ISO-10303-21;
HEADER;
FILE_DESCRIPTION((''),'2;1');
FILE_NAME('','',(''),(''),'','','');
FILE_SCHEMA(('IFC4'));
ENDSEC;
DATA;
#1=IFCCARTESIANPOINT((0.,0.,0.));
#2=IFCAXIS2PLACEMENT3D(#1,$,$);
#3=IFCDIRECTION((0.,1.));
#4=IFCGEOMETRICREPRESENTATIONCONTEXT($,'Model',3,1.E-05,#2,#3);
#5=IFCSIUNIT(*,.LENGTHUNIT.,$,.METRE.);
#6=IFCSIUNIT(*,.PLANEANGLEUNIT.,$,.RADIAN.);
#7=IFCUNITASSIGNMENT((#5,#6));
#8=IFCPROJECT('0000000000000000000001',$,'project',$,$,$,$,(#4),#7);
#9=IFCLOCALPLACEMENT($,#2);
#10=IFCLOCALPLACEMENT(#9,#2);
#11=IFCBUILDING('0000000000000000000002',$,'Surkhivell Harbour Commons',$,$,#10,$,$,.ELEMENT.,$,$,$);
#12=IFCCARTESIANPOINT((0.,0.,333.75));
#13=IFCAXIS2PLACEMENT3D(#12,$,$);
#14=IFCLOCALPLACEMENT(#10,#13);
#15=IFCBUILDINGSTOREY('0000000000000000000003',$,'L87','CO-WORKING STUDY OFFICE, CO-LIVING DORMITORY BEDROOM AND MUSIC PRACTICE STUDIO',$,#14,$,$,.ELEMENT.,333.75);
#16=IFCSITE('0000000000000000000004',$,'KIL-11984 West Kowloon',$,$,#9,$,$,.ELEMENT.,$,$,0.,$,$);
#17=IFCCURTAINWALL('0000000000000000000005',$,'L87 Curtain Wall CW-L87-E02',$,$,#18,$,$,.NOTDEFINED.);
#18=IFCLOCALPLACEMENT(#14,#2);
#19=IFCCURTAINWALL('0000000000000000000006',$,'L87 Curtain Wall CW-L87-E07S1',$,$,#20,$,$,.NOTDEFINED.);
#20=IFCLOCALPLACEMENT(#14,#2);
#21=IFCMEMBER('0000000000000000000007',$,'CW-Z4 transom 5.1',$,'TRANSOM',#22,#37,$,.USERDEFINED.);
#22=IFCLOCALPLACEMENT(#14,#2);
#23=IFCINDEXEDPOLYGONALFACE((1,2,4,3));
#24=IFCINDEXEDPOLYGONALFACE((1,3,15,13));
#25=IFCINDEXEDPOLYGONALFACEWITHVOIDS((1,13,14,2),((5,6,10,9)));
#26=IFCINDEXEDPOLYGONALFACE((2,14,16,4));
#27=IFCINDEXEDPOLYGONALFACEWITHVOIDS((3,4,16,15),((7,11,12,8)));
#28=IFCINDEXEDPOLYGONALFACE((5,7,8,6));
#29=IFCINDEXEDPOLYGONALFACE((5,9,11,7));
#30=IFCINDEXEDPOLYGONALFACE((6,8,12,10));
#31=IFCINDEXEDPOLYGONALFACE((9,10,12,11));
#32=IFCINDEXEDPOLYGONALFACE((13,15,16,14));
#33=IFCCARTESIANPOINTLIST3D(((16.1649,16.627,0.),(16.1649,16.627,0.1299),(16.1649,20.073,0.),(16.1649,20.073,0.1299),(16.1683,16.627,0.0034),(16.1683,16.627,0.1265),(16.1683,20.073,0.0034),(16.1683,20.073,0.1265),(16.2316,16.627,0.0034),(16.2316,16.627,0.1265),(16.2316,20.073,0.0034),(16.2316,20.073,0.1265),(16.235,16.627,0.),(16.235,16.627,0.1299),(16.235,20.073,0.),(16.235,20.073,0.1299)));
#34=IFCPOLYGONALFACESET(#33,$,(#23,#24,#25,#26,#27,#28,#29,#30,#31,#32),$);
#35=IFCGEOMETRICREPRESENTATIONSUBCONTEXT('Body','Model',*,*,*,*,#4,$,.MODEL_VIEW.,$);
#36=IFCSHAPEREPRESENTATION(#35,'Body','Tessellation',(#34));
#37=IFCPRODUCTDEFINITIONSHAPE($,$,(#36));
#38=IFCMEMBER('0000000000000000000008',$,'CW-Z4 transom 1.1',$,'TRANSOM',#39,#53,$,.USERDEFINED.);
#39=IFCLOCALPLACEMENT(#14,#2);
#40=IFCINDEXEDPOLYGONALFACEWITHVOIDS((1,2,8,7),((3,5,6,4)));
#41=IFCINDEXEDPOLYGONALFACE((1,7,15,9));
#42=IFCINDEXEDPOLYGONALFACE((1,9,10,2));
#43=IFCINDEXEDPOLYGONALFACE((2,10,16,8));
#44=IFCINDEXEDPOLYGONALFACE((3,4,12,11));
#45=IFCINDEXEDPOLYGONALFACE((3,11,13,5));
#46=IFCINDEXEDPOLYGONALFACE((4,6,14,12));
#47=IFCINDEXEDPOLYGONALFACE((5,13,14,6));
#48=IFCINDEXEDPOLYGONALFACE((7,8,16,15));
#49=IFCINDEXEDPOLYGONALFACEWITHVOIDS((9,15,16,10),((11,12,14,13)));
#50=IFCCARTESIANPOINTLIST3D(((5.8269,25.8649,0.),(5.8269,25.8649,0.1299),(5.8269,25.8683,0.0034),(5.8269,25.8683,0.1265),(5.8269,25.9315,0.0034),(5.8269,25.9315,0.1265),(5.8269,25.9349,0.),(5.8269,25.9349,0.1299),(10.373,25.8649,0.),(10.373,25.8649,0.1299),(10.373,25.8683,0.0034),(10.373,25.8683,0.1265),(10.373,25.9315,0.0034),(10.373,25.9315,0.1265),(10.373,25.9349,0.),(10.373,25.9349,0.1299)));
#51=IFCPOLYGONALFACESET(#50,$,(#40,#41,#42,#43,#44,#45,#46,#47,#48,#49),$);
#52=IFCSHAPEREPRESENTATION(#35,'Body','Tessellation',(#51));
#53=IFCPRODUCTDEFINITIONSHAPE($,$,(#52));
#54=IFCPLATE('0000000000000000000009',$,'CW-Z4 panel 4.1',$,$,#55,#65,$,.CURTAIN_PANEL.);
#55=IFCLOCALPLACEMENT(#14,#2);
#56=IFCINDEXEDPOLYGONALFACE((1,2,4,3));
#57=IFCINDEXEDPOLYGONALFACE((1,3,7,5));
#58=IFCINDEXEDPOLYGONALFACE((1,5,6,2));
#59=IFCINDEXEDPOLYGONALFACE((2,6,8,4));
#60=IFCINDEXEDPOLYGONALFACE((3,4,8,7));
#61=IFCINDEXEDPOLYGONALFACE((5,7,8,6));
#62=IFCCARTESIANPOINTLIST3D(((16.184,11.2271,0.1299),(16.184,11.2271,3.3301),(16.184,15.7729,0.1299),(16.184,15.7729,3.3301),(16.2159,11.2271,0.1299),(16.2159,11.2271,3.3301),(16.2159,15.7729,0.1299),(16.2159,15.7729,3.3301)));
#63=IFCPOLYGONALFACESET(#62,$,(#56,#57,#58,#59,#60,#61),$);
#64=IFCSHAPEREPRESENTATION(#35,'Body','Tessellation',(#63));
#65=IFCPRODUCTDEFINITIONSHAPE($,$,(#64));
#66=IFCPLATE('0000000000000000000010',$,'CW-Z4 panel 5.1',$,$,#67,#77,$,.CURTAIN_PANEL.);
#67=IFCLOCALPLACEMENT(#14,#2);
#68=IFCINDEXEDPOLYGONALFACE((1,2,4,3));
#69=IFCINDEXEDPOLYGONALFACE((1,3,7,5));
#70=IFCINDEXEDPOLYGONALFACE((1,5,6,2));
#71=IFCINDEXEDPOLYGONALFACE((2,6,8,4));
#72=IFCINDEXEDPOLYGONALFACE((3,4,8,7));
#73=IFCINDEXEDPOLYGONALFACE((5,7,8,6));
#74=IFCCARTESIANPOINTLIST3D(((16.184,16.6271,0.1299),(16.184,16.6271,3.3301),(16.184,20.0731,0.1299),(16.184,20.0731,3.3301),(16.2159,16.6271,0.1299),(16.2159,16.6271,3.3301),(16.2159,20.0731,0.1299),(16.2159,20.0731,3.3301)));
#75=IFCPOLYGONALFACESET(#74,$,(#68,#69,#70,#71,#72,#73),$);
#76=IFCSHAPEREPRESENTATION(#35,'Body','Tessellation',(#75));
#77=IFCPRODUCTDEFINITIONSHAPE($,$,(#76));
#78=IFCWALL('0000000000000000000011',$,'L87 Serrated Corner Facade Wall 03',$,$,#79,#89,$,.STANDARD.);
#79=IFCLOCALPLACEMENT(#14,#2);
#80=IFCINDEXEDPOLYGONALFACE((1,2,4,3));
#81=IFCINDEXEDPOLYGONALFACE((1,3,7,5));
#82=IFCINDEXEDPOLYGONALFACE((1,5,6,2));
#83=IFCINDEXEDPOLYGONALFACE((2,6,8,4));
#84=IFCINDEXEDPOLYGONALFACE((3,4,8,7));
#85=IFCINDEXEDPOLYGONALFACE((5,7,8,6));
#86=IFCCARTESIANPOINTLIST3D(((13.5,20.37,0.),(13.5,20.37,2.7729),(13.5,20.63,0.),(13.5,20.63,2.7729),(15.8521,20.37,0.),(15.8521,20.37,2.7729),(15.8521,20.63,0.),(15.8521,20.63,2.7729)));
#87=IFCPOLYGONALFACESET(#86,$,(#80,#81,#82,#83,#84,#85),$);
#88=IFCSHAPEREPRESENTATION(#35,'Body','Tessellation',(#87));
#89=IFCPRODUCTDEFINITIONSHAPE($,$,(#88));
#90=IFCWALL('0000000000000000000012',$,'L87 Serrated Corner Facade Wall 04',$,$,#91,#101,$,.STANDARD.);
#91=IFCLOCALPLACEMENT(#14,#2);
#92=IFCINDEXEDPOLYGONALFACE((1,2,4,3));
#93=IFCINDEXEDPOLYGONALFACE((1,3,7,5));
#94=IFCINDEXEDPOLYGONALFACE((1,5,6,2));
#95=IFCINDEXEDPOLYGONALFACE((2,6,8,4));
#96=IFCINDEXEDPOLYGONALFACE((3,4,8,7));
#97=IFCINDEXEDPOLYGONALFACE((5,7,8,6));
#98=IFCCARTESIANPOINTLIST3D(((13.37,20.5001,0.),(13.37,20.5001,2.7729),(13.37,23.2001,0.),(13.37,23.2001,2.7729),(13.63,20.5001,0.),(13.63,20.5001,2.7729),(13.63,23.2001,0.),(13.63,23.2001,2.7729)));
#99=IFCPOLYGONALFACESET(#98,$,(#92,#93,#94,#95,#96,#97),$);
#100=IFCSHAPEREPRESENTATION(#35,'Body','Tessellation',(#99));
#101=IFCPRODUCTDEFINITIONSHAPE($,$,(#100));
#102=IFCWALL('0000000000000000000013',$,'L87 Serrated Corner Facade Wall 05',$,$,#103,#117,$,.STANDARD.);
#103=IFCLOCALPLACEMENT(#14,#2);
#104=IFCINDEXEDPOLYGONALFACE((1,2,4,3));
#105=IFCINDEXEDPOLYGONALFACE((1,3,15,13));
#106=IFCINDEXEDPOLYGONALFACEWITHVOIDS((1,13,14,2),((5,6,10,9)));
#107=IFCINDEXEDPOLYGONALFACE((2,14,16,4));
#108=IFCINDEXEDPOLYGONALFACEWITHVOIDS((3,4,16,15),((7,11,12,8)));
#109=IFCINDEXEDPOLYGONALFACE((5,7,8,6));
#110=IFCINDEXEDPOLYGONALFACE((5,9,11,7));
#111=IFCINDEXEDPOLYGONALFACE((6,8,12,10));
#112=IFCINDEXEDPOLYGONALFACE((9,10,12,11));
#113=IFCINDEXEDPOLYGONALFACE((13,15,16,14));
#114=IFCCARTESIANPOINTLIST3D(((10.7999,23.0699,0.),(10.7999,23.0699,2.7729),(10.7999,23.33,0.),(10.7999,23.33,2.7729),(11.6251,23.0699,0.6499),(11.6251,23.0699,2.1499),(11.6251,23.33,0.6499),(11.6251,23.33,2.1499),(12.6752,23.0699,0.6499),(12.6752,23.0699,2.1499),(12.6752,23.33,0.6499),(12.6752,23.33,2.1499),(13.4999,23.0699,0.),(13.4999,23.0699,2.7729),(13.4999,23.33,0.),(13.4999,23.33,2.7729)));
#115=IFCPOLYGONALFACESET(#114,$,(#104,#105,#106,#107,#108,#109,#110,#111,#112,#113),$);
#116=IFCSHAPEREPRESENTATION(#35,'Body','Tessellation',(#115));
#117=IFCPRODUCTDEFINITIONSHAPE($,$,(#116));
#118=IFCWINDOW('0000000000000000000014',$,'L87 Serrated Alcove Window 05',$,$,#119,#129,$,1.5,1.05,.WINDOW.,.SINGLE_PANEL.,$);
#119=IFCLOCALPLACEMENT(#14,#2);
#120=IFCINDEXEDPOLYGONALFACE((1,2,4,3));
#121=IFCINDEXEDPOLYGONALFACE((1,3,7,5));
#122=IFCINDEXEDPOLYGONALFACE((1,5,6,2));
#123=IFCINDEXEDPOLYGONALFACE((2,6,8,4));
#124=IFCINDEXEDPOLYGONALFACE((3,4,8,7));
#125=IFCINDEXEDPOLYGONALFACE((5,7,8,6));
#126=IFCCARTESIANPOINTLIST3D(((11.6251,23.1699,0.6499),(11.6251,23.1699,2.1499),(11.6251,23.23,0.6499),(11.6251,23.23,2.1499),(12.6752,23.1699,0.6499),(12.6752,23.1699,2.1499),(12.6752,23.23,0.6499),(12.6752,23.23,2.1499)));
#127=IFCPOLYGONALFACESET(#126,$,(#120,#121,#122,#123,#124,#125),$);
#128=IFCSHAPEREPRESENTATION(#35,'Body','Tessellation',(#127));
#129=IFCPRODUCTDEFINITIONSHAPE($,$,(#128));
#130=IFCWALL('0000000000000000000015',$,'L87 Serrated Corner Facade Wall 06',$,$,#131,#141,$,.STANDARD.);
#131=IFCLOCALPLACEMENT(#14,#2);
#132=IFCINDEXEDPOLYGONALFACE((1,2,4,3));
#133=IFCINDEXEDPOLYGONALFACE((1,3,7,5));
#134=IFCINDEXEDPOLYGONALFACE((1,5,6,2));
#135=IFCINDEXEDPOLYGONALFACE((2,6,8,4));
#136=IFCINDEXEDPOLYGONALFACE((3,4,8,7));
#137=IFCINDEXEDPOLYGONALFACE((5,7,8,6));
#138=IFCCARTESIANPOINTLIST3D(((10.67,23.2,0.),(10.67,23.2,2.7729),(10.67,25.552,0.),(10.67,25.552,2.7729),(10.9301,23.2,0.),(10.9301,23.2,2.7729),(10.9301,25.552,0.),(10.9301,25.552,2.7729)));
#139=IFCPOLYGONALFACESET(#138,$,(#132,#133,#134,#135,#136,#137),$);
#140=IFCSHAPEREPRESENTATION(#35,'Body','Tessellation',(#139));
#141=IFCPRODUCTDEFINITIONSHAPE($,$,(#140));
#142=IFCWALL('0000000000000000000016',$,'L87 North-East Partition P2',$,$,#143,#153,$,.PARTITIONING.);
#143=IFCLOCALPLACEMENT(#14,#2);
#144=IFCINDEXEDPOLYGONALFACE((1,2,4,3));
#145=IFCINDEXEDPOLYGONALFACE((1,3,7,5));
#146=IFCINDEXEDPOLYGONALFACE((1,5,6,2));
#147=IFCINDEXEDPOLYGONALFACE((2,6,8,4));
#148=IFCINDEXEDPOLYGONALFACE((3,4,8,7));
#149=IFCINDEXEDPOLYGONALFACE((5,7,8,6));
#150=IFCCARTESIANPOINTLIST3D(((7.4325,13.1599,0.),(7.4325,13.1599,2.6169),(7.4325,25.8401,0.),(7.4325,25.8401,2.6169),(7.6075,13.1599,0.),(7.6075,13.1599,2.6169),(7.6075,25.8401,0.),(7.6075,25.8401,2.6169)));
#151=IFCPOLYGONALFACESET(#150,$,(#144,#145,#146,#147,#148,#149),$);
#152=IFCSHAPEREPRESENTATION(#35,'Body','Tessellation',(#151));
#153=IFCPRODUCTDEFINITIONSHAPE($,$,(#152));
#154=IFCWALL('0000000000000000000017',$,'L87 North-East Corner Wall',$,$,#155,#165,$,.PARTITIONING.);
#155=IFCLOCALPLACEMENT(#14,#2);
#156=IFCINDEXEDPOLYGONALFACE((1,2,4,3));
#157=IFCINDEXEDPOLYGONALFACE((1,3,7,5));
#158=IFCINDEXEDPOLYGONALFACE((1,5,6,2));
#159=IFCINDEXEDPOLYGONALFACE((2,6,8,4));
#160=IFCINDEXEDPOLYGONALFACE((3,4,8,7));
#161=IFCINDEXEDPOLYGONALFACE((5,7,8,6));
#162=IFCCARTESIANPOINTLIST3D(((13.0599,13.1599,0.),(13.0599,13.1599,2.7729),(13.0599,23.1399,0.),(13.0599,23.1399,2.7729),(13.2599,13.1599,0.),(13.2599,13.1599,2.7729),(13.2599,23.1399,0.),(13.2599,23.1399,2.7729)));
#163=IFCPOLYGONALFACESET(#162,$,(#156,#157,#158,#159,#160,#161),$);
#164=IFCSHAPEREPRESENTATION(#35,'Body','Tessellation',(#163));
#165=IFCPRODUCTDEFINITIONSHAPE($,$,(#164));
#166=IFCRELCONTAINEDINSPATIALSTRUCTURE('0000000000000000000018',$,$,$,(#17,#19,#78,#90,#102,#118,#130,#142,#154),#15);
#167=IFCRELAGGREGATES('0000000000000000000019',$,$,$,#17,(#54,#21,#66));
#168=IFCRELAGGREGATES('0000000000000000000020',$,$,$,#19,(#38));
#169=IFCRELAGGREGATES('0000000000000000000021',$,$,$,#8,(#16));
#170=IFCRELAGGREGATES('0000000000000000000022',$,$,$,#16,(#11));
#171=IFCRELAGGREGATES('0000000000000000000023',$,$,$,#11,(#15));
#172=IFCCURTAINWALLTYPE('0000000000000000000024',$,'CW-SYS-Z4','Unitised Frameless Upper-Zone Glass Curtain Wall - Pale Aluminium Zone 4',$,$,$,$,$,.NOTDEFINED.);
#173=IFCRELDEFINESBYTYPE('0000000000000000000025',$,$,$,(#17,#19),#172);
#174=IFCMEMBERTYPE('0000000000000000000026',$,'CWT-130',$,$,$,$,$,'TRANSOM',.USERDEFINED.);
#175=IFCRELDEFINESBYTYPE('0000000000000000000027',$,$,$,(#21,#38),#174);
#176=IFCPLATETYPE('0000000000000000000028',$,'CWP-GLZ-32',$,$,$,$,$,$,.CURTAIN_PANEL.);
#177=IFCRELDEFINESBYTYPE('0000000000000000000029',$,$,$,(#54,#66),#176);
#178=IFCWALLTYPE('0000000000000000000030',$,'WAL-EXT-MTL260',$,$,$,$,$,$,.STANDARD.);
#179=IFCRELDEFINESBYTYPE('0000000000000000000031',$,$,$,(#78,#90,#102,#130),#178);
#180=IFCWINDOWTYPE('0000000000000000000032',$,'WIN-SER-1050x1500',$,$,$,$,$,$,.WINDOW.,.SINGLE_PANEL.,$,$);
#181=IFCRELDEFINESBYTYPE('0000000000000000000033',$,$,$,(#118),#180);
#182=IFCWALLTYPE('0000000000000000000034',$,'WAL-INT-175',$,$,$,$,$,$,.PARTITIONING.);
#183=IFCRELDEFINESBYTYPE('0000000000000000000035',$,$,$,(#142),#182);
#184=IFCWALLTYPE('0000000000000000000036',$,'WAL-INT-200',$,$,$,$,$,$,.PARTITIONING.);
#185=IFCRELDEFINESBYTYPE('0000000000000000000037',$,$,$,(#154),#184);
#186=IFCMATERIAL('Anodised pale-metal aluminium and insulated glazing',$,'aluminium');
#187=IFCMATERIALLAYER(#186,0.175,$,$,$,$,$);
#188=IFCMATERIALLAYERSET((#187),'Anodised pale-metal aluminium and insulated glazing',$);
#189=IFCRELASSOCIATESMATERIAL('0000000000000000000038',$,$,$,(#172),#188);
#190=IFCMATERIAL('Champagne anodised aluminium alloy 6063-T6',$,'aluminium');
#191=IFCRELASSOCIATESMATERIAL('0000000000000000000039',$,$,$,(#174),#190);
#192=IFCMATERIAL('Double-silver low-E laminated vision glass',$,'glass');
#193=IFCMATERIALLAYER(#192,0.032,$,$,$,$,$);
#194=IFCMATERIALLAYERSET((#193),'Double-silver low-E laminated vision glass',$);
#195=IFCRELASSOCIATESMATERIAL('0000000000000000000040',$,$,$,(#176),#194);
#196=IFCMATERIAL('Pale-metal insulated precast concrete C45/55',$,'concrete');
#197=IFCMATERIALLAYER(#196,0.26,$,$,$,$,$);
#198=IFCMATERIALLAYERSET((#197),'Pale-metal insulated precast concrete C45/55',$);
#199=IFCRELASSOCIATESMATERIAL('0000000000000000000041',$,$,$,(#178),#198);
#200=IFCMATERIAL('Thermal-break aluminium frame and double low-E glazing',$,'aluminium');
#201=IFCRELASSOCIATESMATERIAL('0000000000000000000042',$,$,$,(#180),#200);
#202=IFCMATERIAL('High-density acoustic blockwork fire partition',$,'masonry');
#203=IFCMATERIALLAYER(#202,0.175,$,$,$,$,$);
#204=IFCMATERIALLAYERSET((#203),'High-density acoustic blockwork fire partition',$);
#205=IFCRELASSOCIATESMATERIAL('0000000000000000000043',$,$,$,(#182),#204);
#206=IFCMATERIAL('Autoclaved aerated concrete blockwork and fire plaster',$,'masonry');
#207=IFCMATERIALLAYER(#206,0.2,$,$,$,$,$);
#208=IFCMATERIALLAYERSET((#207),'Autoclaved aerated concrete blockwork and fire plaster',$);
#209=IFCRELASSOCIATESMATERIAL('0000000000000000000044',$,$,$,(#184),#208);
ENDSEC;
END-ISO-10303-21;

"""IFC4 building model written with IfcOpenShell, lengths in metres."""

from ifc_helpers import new_model, si_unit, direction, frame, frame_2d, origin, origin_2d, place, context, subcontext, project, spatial, rectangle, hollow_rectangle, extrude, material, layer, layer_set, material_profile, profile_set, type_object, element, fill, aggregate, save


model = new_model("IFC4")

# Units and contexts
model_context = context("Model", 3, precision=1e-05, world=origin(), true_north=direction((0.0, 1.0)))
body_context = subcontext(model_context, "Body", "Model", "MODEL_VIEW")
ifc_project = project(units=[si_unit("LENGTHUNIT", "METRE"), si_unit("PLANEANGLEUNIT", "RADIAN")], contexts=[model_context])

# Site, building, storey
site_placement = place(None, origin())
site = spatial("IfcSite", under=ifc_project, at=site_placement, Name="KIL-11984 West Kowloon", CompositionType="ELEMENT", RefElevation=0.0)
building_placement = place(site_placement, origin())
building = spatial("IfcBuilding", under=site, at=building_placement, Name="Surkhivell Harbour Commons", CompositionType="ELEMENT")
storey_placement = place(building_placement, frame((0.0, 0.0, 333.75)))
storey = spatial("IfcBuildingStorey", under=building, at=storey_placement, Name="L87", Description="CO-WORKING STUDY OFFICE, CO-LIVING DORMITORY BEDROOM AND MUSIC PRACTICE STUDIO", CompositionType="ELEMENT", Elevation=333.75)

# Curtain walls
ifc_material_1 = material(Name="Anodised pale-metal aluminium and insulated glazing", Category="aluminium")
ifc_layer_1 = layer(ifc_material_1, 0.175)
ifc_layer_set_1 = layer_set([ifc_layer_1], Name="Anodised pale-metal aluminium and insulated glazing")
curtain_wall_type = type_object("IfcCurtainWallType", Name="CW-SYS-Z4", Description="Unitised Frameless Upper-Zone Glass Curtain Wall - Pale Aluminium Zone 4", PredefinedType="NOTDEFINED", material=ifc_layer_set_1)
curtain_wall_1_placement = place(storey_placement, origin())
curtain_wall_1 = element("IfcCurtainWall", 1, at=curtain_wall_1_placement, inside=storey, type_object=curtain_wall_type, Name="L87 Curtain Wall CW-L87-E02", PredefinedType="NOTDEFINED")
curtain_wall_2_placement = place(storey_placement, origin())
curtain_wall_2 = element("IfcCurtainWall", 2, at=curtain_wall_2_placement, inside=storey, type_object=curtain_wall_type, Name="L87 Curtain Wall CW-L87-E07S1", PredefinedType="NOTDEFINED")

# Members
ifc_material_2 = material(Name="Champagne anodised aluminium alloy 6063-T6", Category="aluminium")
ifc_material_profile_1 = material_profile(ifc_material_2, hollow_rectangle(XDim=0.0701, YDim=0.1299, WallThickness=0.0034, at=origin_2d()), Name="ALU-TRAN-70x130")
ifc_profile_set_1 = profile_set([ifc_material_profile_1], Name="Champagne anodised aluminium alloy 6063-T6")
member_type_1 = type_object("IfcMemberType", Name="CWT-130", ElementType="TRANSOM", PredefinedType="USERDEFINED", material=ifc_profile_set_1)
member_1_placement = place(storey_placement, frame((16.2, 16.627, 0.0649), z_axis=(0.0, 1.0, 0.0), x_axis=(-1.0, 0.0, 0.0)))
member_1 = element("IfcMember", 3, at=member_1_placement, type_object=member_type_1, Name="CW-Z4 transom 5.1", ObjectType="TRANSOM", PredefinedType="USERDEFINED", context=body_context, shape_type="SweptSolid", body=[
    extrude(hollow_rectangle(XDim=0.0701, YDim=0.1299, WallThickness=0.0034, at=origin_2d()), origin(), (0.0, 0.0, 1.0), 3.446),
])
member_2_placement = place(storey_placement, frame((10.373, 25.8999, 0.0649), z_axis=(-1.0, 0.0, 0.0), x_axis=(0.0, -1.0, 0.0)))
member_2 = element("IfcMember", 4, at=member_2_placement, type_object=member_type_1, Name="CW-Z4 transom 1.1", ObjectType="TRANSOM", PredefinedType="USERDEFINED", context=body_context, shape_type="SweptSolid", body=[
    extrude(hollow_rectangle(XDim=0.0701, YDim=0.1299, WallThickness=0.0034, at=origin_2d()), origin(), (0.0, 0.0, 1.0), 4.5461),
])

# Plates
ifc_material_3 = material(Name="Double-silver low-E laminated vision glass", Category="glass")
ifc_layer_2 = layer(ifc_material_3, 0.032)
ifc_layer_set_2 = layer_set([ifc_layer_2], Name="Double-silver low-E laminated vision glass")
plate_type = type_object("IfcPlateType", Name="CWP-GLZ-32", PredefinedType="CURTAIN_PANEL", material=ifc_layer_set_2)
plate_1_placement = place(storey_placement, frame((16.2, 11.2271, 0.1299), z_axis=(0.0, 0.0, 1.0), x_axis=(0.0, 1.0, 0.0)))
plate_1 = element("IfcPlate", 5, at=plate_1_placement, type_object=plate_type, Name="CW-Z4 panel 4.1", PredefinedType="CURTAIN_PANEL", context=body_context, shape_type="SweptSolid", body=[
    extrude(rectangle(XDim=4.5459, YDim=0.032, at=frame_2d((2.2729, 0.0))), origin(), (0.0, 0.0, 1.0), 3.2002),
])
plate_2_placement = place(storey_placement, frame((16.2, 16.627, 0.1299), z_axis=(0.0, 0.0, 1.0), x_axis=(0.0, 1.0, 0.0)))
plate_2 = element("IfcPlate", 6, at=plate_2_placement, type_object=plate_type, Name="CW-Z4 panel 5.1", PredefinedType="CURTAIN_PANEL", context=body_context, shape_type="SweptSolid", body=[
    extrude(rectangle(XDim=3.446, YDim=0.032, at=frame_2d((1.7231, 0.0))), origin(), (0.0, 0.0, 1.0), 3.2002),
])
aggregate(curtain_wall_1, [plate_1, member_1, plate_2])
aggregate(curtain_wall_2, [member_2])

# Walls
ifc_material_4 = material(Name="Pale-metal insulated precast concrete C45/55", Category="concrete")
ifc_layer_3 = layer(ifc_material_4, 0.26)
ifc_layer_set_3 = layer_set([ifc_layer_3], Name="Pale-metal insulated precast concrete C45/55")
wall_type_1 = type_object("IfcWallType", Name="WAL-EXT-MTL260", PredefinedType="STANDARD", material=ifc_layer_set_3)
wall_1_placement = place(storey_placement, frame((15.8521, 20.5, 0.0), z_axis=(0.0, 0.0, 1.0), x_axis=(-1.0, 0.0, 0.0)))
element("IfcWall", 7, at=wall_1_placement, inside=storey, type_object=wall_type_1, Name="L87 Serrated Corner Facade Wall 03", PredefinedType="STANDARD", context=body_context, shape_type="SweptSolid", body=[
    extrude(rectangle(XDim=2.3521, YDim=0.26, at=frame_2d((1.176, 0.0))), origin(), (0.0, 0.0, 1.0), 2.7729),
])
wall_2_placement = place(storey_placement, frame((13.5, 20.5, 0.0), z_axis=(0.0, 0.0, 1.0), x_axis=(0.0, 1.0, 0.0)))
element("IfcWall", 8, at=wall_2_placement, inside=storey, type_object=wall_type_1, Name="L87 Serrated Corner Facade Wall 04", PredefinedType="STANDARD", context=body_context, shape_type="SweptSolid", body=[
    extrude(rectangle(XDim=2.7, YDim=0.26, at=frame_2d((1.3501, 0.0))), origin(), (0.0, 0.0, 1.0), 2.7729),
])

# Wall, opening, window
wall_3_placement = place(storey_placement, frame((13.5, 23.2, 0.0), z_axis=(0.0, 0.0, 1.0), x_axis=(-1.0, 0.0, 0.0)))
wall_3 = element("IfcWall", 9, at=wall_3_placement, inside=storey, type_object=wall_type_1, Name="L87 Serrated Corner Facade Wall 05", PredefinedType="STANDARD", context=body_context, shape_type="SweptSolid", body=[
    extrude(rectangle(XDim=2.7, YDim=0.26, at=frame_2d((1.3501, 0.0))), origin(), (0.0, 0.0, 1.0), 2.7729),
])
opening_placement = place(wall_3_placement, frame((0.825, 0.0, 0.6499)))
opening = element("IfcOpeningElement", 10, at=opening_placement, cuts=wall_3, PredefinedType="OPENING", context=body_context, shape_type="SweptSolid", body=[
    extrude(rectangle(XDim=1.05, YDim=1.5, at=frame_2d((0.5249, 0.75))), frame((0.0, 0.1399, 0.0), z_axis=(0.0, -1.0, 0.0), x_axis=(1.0, 0.0, 0.0)), (0.0, 0.0, 1.0), 0.28),
])
ifc_material_5 = material(Name="Thermal-break aluminium frame and double low-E glazing", Category="aluminium")
window_type = type_object("IfcWindowType", Name="WIN-SER-1050x1500", PartitioningType="SINGLE_PANEL", PredefinedType="WINDOW", material=ifc_material_5)
window_placement = place(opening_placement, origin())
window = element("IfcWindow", 11, at=window_placement, inside=storey, type_object=window_type, Name="L87 Serrated Alcove Window 05", OverallHeight=1.5, OverallWidth=1.05, PartitioningType="SINGLE_PANEL", PredefinedType="WINDOW", context=body_context, shape_type="SweptSolid", body=[
    extrude(rectangle(XDim=1.05, YDim=1.5, at=frame_2d((0.5249, 0.75))), frame((0.0, 0.03, 0.0), z_axis=(0.0, -1.0, 0.0), x_axis=(1.0, 0.0, 0.0)), (0.0, 0.0, 1.0), 0.0601),
])
fill(opening, window)

# Walls
wall_4_placement = place(storey_placement, frame((10.8, 23.2, 0.0), z_axis=(0.0, 0.0, 1.0), x_axis=(0.0, 1.0, 0.0)))
element("IfcWall", 12, at=wall_4_placement, inside=storey, type_object=wall_type_1, Name="L87 Serrated Corner Facade Wall 06", PredefinedType="STANDARD", context=body_context, shape_type="SweptSolid", body=[
    extrude(rectangle(XDim=2.3521, YDim=0.26, at=frame_2d((1.176, 0.0))), origin(), (0.0, 0.0, 1.0), 2.7729),
])
ifc_material_6 = material(Name="High-density acoustic blockwork fire partition", Category="masonry")
ifc_layer_4 = layer(ifc_material_6, 0.175)
ifc_layer_set_4 = layer_set([ifc_layer_4], Name="High-density acoustic blockwork fire partition")
wall_type_2 = type_object("IfcWallType", Name="WAL-INT-175", PredefinedType="PARTITIONING", material=ifc_layer_set_4)
wall_5_placement = place(storey_placement, frame((7.52, 13.1599, 0.0), z_axis=(0.0, 0.0, 1.0), x_axis=(0.0, 1.0, 0.0)))
element("IfcWall", 13, at=wall_5_placement, inside=storey, type_object=wall_type_2, Name="L87 North-East Partition P2", PredefinedType="PARTITIONING", context=body_context, shape_type="SweptSolid", body=[
    extrude(rectangle(XDim=12.6802, YDim=0.175, at=frame_2d((6.3401, 0.0))), origin(), (0.0, 0.0, 1.0), 2.6169),
])
ifc_material_7 = material(Name="Autoclaved aerated concrete blockwork and fire plaster", Category="masonry")
ifc_layer_5 = layer(ifc_material_7, 0.2)
ifc_layer_set_5 = layer_set([ifc_layer_5], Name="Autoclaved aerated concrete blockwork and fire plaster")
wall_type_3 = type_object("IfcWallType", Name="WAL-INT-200", PredefinedType="PARTITIONING", material=ifc_layer_set_5)
wall_6_placement = place(storey_placement, frame((13.1599, 13.1599, 0.0), z_axis=(0.0, 0.0, 1.0), x_axis=(0.0, 1.0, 0.0)))
element("IfcWall", 14, at=wall_6_placement, inside=storey, type_object=wall_type_3, Name="L87 North-East Corner Wall", PredefinedType="PARTITIONING", context=body_context, shape_type="SweptSolid", body=[
    extrude(rectangle(XDim=9.98, YDim=0.2, at=frame_2d((4.99, 0.0))), origin(), (0.0, 0.0, 1.0), 2.7729),
])

save(model, "model.ifc")
